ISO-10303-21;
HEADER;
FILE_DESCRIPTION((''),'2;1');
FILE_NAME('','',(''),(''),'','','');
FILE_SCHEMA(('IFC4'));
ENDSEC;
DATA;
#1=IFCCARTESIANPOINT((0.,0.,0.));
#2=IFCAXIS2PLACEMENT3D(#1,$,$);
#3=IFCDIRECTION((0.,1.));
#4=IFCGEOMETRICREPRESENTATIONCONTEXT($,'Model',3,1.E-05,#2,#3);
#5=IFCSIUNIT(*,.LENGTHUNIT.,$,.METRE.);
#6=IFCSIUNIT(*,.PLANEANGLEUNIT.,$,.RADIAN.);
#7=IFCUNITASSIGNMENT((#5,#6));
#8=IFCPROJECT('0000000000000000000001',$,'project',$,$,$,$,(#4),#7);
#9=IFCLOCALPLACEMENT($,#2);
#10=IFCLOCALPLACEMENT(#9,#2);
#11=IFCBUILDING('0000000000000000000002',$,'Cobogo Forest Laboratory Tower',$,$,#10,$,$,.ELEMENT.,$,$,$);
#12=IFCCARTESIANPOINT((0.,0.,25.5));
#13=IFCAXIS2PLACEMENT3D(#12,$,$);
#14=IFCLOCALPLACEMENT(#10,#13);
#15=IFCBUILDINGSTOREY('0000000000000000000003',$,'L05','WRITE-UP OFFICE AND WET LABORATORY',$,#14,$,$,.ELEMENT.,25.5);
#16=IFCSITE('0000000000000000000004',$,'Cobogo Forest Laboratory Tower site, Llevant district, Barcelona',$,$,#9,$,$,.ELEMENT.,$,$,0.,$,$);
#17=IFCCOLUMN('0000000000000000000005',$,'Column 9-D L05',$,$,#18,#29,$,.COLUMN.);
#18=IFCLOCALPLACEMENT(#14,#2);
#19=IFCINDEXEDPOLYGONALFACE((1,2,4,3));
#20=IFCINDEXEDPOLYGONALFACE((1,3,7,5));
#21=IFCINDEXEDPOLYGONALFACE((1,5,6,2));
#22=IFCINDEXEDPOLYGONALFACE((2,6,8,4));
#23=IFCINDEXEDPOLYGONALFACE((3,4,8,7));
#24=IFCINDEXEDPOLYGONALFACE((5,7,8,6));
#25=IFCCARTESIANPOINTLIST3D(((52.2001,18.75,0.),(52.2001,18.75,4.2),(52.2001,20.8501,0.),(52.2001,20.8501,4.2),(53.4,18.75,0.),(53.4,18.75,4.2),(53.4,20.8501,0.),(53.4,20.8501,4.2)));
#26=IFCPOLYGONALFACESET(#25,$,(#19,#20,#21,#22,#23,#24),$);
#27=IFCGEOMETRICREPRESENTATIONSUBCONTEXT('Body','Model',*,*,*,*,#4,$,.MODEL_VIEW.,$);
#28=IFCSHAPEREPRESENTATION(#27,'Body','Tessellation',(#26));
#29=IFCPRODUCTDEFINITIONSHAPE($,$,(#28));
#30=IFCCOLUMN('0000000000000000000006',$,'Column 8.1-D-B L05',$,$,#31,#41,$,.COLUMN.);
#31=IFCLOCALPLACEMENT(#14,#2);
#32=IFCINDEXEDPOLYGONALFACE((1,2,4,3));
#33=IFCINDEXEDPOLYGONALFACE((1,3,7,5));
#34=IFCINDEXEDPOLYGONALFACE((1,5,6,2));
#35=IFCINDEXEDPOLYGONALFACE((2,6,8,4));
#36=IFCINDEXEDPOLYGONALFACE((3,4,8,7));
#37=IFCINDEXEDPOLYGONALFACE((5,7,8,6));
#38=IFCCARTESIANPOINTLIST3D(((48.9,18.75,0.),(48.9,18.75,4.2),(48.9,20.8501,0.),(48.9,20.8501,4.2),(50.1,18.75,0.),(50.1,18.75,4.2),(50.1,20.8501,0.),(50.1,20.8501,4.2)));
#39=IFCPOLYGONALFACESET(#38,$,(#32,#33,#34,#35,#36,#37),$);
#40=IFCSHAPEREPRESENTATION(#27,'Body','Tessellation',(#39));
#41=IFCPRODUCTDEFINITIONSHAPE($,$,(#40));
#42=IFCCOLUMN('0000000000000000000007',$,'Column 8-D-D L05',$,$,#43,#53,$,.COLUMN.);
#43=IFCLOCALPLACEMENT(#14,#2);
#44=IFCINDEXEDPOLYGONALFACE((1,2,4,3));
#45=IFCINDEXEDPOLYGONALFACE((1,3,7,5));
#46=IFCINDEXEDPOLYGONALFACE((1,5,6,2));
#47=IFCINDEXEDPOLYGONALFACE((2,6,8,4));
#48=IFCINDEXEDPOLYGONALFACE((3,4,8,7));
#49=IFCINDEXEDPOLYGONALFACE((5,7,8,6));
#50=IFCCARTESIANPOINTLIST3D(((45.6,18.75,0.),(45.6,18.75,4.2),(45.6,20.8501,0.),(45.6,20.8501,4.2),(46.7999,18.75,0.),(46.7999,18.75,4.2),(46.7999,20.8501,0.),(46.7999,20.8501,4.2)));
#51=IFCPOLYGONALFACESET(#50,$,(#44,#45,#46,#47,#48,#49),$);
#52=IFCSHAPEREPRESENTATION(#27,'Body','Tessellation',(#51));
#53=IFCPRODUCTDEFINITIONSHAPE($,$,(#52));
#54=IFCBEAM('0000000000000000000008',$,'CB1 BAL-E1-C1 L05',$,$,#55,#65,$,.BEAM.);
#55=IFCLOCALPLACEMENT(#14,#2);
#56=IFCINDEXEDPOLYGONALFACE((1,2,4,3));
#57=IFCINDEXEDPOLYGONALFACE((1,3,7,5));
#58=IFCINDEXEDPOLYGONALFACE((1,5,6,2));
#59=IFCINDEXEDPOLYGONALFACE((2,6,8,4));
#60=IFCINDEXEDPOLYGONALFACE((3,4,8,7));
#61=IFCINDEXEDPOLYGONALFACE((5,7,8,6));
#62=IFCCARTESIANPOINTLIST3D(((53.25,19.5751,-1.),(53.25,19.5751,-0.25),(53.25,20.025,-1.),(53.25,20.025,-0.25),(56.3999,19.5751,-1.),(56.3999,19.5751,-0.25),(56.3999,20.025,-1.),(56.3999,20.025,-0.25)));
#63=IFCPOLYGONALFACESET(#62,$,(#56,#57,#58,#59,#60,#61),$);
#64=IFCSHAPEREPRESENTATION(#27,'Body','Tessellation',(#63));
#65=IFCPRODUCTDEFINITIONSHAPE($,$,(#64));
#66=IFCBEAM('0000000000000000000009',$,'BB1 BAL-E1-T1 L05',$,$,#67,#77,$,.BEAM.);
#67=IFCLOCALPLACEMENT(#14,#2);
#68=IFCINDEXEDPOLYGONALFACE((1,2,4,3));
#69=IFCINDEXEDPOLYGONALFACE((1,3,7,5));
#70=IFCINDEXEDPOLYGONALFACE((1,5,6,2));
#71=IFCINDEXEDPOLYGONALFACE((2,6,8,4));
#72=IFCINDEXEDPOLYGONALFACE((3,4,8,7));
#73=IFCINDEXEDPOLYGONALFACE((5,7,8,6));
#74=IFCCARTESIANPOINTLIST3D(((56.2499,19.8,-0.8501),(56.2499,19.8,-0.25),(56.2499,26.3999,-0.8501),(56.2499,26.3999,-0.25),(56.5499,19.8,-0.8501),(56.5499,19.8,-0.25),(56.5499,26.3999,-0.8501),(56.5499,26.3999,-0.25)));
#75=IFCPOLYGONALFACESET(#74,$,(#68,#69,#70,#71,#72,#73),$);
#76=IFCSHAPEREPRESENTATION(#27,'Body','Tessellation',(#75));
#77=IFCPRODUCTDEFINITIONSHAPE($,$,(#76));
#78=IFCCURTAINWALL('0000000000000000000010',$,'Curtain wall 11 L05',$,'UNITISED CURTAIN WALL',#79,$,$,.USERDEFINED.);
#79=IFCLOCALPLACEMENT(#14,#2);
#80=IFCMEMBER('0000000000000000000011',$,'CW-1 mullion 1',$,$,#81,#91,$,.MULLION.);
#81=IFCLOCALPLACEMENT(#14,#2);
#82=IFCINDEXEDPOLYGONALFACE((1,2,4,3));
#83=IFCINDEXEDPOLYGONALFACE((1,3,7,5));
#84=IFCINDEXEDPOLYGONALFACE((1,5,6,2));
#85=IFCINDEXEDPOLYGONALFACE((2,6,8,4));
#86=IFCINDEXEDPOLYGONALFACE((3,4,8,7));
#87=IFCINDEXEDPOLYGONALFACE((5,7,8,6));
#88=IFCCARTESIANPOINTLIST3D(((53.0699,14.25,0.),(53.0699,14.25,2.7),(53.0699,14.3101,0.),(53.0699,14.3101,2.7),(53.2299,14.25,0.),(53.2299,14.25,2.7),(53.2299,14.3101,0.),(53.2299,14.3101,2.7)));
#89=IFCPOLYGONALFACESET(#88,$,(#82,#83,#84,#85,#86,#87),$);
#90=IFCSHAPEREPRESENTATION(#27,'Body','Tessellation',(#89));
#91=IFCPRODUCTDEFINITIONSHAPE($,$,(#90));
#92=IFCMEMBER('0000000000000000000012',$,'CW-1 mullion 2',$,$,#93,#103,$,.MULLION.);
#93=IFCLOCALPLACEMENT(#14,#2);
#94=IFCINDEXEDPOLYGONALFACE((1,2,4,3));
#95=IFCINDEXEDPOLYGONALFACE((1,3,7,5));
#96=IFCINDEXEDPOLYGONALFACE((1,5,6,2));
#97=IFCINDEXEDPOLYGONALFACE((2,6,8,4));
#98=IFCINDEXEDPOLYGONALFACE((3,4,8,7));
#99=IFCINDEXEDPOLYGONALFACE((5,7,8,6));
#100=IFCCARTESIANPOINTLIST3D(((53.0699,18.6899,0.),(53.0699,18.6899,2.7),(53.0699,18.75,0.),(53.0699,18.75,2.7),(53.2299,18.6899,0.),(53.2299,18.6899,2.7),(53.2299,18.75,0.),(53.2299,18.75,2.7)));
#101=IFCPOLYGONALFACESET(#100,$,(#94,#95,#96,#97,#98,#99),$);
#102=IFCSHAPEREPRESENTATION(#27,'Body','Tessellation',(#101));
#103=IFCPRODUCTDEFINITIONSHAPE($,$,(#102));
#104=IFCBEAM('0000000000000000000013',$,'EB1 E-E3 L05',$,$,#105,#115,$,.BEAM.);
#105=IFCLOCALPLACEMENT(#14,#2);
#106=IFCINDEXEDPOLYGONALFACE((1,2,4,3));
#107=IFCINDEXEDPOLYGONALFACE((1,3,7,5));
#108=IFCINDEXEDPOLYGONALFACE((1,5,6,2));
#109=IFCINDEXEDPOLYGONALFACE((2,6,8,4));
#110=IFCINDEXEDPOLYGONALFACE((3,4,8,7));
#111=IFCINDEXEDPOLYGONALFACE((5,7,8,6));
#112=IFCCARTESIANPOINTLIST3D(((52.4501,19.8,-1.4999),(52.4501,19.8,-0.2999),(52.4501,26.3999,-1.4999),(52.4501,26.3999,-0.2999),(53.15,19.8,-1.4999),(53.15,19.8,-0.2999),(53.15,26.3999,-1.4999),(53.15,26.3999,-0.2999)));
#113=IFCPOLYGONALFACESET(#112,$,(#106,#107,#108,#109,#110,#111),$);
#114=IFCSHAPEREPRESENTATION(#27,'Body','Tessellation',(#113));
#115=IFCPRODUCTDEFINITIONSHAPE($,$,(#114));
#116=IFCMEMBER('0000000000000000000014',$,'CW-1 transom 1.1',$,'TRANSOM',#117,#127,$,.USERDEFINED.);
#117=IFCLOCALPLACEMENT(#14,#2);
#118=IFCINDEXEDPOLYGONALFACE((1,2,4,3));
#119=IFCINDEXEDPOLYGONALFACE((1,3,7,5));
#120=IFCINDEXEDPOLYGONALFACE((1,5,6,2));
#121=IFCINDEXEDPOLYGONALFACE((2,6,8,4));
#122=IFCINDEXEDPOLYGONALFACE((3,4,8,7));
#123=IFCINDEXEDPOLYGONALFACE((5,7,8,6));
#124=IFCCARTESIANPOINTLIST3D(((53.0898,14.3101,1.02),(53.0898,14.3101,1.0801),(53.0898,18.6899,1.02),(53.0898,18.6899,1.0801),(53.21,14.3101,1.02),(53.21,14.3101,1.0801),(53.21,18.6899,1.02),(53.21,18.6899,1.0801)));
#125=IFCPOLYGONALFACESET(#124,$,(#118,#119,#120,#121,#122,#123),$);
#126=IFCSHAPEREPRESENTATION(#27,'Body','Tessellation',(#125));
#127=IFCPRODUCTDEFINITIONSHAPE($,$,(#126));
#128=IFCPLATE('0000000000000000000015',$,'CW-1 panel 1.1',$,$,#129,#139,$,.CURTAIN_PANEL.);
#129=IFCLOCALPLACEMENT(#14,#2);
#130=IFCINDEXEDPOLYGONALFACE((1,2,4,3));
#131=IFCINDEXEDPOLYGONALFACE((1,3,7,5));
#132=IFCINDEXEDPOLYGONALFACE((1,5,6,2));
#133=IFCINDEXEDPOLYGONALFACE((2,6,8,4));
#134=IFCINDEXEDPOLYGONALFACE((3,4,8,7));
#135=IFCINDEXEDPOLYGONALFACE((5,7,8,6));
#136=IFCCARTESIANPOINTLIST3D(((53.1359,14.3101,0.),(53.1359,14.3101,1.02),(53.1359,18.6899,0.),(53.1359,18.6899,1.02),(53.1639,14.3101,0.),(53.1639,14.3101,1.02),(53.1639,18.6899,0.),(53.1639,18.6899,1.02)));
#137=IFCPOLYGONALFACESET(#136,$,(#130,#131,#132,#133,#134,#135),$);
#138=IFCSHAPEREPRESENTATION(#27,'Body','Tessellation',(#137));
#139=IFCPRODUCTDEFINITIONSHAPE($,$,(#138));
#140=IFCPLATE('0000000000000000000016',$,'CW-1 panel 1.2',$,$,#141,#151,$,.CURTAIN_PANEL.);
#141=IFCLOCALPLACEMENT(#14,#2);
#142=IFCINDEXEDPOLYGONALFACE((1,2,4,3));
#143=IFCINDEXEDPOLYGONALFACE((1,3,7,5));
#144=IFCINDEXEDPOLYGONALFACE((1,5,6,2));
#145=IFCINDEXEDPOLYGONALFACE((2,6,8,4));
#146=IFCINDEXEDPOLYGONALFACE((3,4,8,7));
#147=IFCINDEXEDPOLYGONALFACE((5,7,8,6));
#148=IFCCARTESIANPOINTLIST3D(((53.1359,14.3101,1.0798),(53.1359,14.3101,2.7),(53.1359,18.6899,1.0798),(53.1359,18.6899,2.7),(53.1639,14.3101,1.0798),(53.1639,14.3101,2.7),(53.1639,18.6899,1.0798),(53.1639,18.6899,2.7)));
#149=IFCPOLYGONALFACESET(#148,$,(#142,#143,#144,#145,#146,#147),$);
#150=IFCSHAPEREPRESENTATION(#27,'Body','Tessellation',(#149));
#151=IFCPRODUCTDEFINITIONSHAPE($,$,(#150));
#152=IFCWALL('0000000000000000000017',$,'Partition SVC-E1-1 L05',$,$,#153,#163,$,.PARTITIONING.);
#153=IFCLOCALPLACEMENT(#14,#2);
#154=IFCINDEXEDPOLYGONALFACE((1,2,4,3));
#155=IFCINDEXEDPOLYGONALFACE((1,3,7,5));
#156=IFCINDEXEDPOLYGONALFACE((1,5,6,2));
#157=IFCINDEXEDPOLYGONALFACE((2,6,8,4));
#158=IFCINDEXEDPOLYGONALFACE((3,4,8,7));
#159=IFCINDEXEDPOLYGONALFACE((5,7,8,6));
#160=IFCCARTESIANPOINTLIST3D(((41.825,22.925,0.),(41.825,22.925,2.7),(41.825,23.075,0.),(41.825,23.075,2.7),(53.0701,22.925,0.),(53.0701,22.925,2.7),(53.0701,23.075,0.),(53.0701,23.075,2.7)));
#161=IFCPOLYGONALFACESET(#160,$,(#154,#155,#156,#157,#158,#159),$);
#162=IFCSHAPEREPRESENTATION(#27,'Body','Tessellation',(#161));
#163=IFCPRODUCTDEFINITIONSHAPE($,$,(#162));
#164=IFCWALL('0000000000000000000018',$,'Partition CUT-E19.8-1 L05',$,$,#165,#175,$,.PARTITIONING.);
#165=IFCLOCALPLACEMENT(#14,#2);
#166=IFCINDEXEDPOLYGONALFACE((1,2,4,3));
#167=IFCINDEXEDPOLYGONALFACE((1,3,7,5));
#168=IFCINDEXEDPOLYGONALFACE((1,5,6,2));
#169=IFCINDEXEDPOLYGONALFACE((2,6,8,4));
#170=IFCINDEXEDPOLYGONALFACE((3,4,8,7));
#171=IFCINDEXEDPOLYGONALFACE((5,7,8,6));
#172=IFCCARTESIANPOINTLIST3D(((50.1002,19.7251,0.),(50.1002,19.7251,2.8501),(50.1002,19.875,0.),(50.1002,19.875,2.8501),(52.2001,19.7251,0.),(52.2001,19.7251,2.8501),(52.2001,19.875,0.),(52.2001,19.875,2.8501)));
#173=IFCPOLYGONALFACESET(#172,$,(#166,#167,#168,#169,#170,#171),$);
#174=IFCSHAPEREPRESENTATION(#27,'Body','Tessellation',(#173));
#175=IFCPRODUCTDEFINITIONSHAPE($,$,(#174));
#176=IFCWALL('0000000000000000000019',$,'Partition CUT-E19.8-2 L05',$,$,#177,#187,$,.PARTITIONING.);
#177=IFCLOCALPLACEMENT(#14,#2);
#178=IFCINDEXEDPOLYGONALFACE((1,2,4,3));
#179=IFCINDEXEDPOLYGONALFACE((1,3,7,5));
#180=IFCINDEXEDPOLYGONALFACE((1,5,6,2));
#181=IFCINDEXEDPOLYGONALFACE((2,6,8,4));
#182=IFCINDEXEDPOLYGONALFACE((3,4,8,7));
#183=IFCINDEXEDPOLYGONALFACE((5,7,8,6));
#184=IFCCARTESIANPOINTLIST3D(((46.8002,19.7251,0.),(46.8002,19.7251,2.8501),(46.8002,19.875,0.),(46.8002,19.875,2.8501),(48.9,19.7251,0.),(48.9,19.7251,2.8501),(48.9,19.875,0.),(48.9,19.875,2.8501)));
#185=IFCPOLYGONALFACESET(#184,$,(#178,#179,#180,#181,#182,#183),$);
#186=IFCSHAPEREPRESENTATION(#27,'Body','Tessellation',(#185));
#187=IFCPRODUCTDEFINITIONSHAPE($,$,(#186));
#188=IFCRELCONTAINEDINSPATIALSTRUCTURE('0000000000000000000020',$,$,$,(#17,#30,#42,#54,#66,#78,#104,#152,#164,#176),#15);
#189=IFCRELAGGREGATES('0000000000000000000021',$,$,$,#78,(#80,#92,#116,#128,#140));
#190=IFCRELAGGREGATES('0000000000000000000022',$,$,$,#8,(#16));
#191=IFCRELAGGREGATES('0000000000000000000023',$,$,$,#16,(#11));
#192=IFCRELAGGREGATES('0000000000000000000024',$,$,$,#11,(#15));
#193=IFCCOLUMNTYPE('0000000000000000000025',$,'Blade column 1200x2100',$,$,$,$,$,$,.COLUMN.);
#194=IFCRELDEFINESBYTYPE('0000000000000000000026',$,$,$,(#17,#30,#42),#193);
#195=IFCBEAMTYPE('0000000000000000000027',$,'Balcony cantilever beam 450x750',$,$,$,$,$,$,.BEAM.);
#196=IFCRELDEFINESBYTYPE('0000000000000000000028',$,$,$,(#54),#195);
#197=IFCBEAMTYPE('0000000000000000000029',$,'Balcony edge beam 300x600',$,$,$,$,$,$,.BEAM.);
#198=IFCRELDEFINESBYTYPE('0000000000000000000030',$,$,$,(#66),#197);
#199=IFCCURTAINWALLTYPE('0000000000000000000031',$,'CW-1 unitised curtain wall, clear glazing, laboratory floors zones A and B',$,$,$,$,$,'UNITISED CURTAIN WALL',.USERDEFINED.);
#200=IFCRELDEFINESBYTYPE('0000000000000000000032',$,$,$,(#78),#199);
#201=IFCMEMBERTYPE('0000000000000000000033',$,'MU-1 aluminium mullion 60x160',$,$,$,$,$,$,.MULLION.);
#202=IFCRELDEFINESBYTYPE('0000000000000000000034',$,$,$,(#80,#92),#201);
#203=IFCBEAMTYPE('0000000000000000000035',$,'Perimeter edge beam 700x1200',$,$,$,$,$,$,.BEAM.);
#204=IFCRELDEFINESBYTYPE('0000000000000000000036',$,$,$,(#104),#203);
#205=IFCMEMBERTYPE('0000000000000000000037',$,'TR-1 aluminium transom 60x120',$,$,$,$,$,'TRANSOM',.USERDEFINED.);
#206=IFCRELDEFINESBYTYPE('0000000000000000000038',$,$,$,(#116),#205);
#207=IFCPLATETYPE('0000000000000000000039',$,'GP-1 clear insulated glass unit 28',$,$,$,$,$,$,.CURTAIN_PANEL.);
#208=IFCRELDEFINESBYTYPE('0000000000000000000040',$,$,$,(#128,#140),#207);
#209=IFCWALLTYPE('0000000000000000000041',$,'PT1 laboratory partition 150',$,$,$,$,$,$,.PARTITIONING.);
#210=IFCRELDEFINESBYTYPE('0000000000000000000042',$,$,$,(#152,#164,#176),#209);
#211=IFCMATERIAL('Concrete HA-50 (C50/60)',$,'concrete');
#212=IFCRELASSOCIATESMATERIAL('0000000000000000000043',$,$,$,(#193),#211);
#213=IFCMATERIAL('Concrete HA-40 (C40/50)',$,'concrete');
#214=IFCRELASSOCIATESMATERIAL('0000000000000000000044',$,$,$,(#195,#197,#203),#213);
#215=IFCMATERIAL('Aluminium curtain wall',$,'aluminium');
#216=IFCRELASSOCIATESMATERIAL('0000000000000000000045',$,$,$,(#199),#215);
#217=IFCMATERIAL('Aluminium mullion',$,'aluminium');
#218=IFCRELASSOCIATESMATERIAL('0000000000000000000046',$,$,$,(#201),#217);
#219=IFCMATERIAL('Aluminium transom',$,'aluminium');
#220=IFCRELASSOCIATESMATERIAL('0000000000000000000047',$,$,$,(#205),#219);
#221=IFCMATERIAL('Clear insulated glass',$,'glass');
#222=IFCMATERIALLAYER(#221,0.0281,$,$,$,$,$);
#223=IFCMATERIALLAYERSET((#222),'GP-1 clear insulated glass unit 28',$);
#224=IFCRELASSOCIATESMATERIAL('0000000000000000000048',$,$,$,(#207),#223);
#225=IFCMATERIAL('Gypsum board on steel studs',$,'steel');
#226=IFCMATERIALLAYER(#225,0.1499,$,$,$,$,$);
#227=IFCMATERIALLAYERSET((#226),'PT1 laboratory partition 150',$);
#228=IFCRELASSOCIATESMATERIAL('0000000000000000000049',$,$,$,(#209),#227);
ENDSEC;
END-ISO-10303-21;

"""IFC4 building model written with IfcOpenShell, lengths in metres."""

from ifc_helpers import new_model, si_unit, direction, frame, frame_2d, origin, origin_2d, place, context, subcontext, project, spatial, rectangle, extrude, material, layer, layer_set, material_profile, profile_set, type_object, element, aggregate, save


model = new_model("IFC4")

# Units and contexts
model_context = context("Model", 3, precision=1e-05, world=origin(), true_north=direction((0.0, 1.0)))
body_context = subcontext(model_context, "Body", "Model", "MODEL_VIEW")
ifc_project = project(units=[si_unit("LENGTHUNIT", "METRE"), si_unit("PLANEANGLEUNIT", "RADIAN")], contexts=[model_context])

# Site, building, storey
site_placement = place(None, origin())
site = spatial("IfcSite", under=ifc_project, at=site_placement, Name="Cobogo Forest Laboratory Tower site, Llevant district, Barcelona", CompositionType="ELEMENT", RefElevation=0.0)
building_placement = place(site_placement, origin())
building = spatial("IfcBuilding", under=site, at=building_placement, Name="Cobogo Forest Laboratory Tower", CompositionType="ELEMENT")
storey_placement = place(building_placement, frame((0.0, 0.0, 25.5)))
storey = spatial("IfcBuildingStorey", under=building, at=storey_placement, Name="L05", Description="WRITE-UP OFFICE AND WET LABORATORY", CompositionType="ELEMENT", Elevation=25.5)

# Columns
ifc_material_1 = material(Name="Concrete HA-50 (C50/60)", Category="concrete")
ifc_material_profile_1 = material_profile(ifc_material_1, rectangle(XDim=2.1001, YDim=1.2, at=origin_2d()), Name="RC 1200x2100")
ifc_profile_set_1 = profile_set([ifc_material_profile_1], Name="Concrete HA-50 (C50/60)")
column_type = type_object("IfcColumnType", Name="Blade column 1200x2100", PredefinedType="COLUMN", material=ifc_profile_set_1)
for number, where, z_axis, x_axis, name in (
    (1, (52.8, 19.8, 0.0), (0.0, 0.0, 1.0), (0.0, 1.0, 0.0), "Column 9-D L05"),
    (2, (49.5, 19.8, 0.0), (0.0, 0.0, 1.0), (0.0, 1.0, 0.0), "Column 8.1-D-B L05"),
    (3, (46.2, 19.8, 0.0), (0.0, 0.0, 1.0), (0.0, 1.0, 0.0), "Column 8-D-D L05"),
):
    element("IfcColumn", number, at=place(storey_placement, frame(where, z_axis=z_axis, x_axis=x_axis)), inside=storey, type_object=column_type, Name=name, PredefinedType="COLUMN", context=body_context, shape_type="SweptSolid", body=[
        extrude(rectangle(XDim=2.1001, YDim=1.2, at=origin_2d()), origin(), (0.0, 0.0, 1.0), 4.2),
    ])

# Beams
ifc_material_2 = material(Name="Concrete HA-40 (C40/50)", Category="concrete")
ifc_material_profile_2 = material_profile(ifc_material_2, rectangle(XDim=0.45, YDim=0.75, at=origin_2d()), Name="RC 450x750")
ifc_profile_set_2 = profile_set([ifc_material_profile_2], Name="Concrete HA-40 (C40/50)")
beam_type_1 = type_object("IfcBeamType", Name="Balcony cantilever beam 450x750", PredefinedType="BEAM", material=ifc_profile_set_2)
beam_1_placement = place(storey_placement, frame((53.25, 19.8, -0.625), z_axis=(1.0, 0.0, 0.0), x_axis=(0.0, 1.0, 0.0)))
element("IfcBeam", 4, at=beam_1_placement, inside=storey, type_object=beam_type_1, Name="CB1 BAL-E1-C1 L05", PredefinedType="BEAM", context=body_context, shape_type="SweptSolid", body=[
    extrude(rectangle(XDim=0.45, YDim=0.75, at=origin_2d()), origin(), (0.0, 0.0, 1.0), 3.1499),
])
ifc_material_profile_3 = material_profile(ifc_material_2, rectangle(XDim=0.3, YDim=0.6001, at=origin_2d()), Name="RC 300x600")
ifc_profile_set_3 = profile_set([ifc_material_profile_3], Name="Concrete HA-40 (C40/50)")
beam_type_2 = type_object("IfcBeamType", Name="Balcony edge beam 300x600", PredefinedType="BEAM", material=ifc_profile_set_3)
beam_2_placement = place(storey_placement, frame((56.3999, 19.8, -0.55), z_axis=(0.0, 1.0, 0.0), x_axis=(-1.0, 0.0, 0.0)))
element("IfcBeam", 5, at=beam_2_placement, inside=storey, type_object=beam_type_2, Name="BB1 BAL-E1-T1 L05", PredefinedType="BEAM", context=body_context, shape_type="SweptSolid", body=[
    extrude(rectangle(XDim=0.3, YDim=0.6001, at=origin_2d()), origin(), (0.0, 0.0, 1.0), 6.5999),
])

# Curtain wall, members
ifc_material_3 = material(Name="Aluminium curtain wall", Category="aluminium")
curtain_wall_type = type_object("IfcCurtainWallType", Name="CW-1 unitised curtain wall, clear glazing, laboratory floors zones A and B", ElementType="UNITISED CURTAIN WALL", PredefinedType="USERDEFINED", material=ifc_material_3)
curtain_wall_placement = place(storey_placement, origin())
curtain_wall = element("IfcCurtainWall", 6, at=curtain_wall_placement, inside=storey, type_object=curtain_wall_type, Name="Curtain wall 11 L05", ObjectType="UNITISED CURTAIN WALL", PredefinedType="USERDEFINED")
ifc_material_4 = material(Name="Aluminium mullion", Category="aluminium")
ifc_material_profile_4 = material_profile(ifc_material_4, rectangle(XDim=0.0601, YDim=0.1599, at=origin_2d()), Name="AL 60x160")
ifc_profile_set_4 = profile_set([ifc_material_profile_4], Name="Aluminium mullion")
member_type_1 = type_object("IfcMemberType", Name="MU-1 aluminium mullion 60x160", PredefinedType="MULLION", material=ifc_profile_set_4)
member_1_placement = place(storey_placement, frame((53.1499, 14.28, 0.0), z_axis=(0.0, 0.0, 1.0), x_axis=(0.0, 1.0, 0.0)))
member_1 = element("IfcMember", 7, at=member_1_placement, type_object=member_type_1, Name="CW-1 mullion 1", PredefinedType="MULLION", context=body_context, shape_type="SweptSolid", body=[
    extrude(rectangle(XDim=0.0601, YDim=0.1599, at=origin_2d()), origin(), (0.0, 0.0, 1.0), 2.7),
])
member_2_placement = place(storey_placement, frame((53.1499, 18.72, 0.0), z_axis=(0.0, 0.0, 1.0), x_axis=(0.0, 1.0, 0.0)))
member_2 = element("IfcMember", 8, at=member_2_placement, type_object=member_type_1, Name="CW-1 mullion 2", PredefinedType="MULLION", context=body_context, shape_type="SweptSolid", body=[
    extrude(rectangle(XDim=0.0601, YDim=0.1599, at=origin_2d()), origin(), (0.0, 0.0, 1.0), 2.7),
])

# Beam
ifc_material_profile_5 = material_profile(ifc_material_2, rectangle(XDim=0.7, YDim=1.2, at=origin_2d()), Name="RC 700x1200")
ifc_profile_set_5 = profile_set([ifc_material_profile_5], Name="Concrete HA-40 (C40/50)")
beam_type_3 = type_object("IfcBeamType", Name="Perimeter edge beam 700x1200", PredefinedType="BEAM", material=ifc_profile_set_5)
beam_3_placement = place(storey_placement, frame((52.8, 19.8, -0.8999), z_axis=(0.0, 1.0, 0.0), x_axis=(-1.0, 0.0, 0.0)))
element("IfcBeam", 9, at=beam_3_placement, inside=storey, type_object=beam_type_3, Name="EB1 E-E3 L05", PredefinedType="BEAM", context=body_context, shape_type="SweptSolid", body=[
    extrude(rectangle(XDim=0.7, YDim=1.2, at=origin_2d()), origin(), (0.0, 0.0, 1.0), 6.5999),
])

# Member
ifc_material_5 = material(Name="Aluminium transom", Category="aluminium")
ifc_material_profile_6 = material_profile(ifc_material_5, rectangle(XDim=0.1201, YDim=0.0601, at=origin_2d()), Name="AL 60x120")
ifc_profile_set_6 = profile_set([ifc_material_profile_6], Name="Aluminium transom")
member_type_2 = type_object("IfcMemberType", Name="TR-1 aluminium transom 60x120", ElementType="TRANSOM", PredefinedType="USERDEFINED", material=ifc_profile_set_6)
member_3_placement = place(storey_placement, frame((53.1499, 14.3101, 1.05), z_axis=(0.0, 1.0, 0.0), x_axis=(-1.0, 0.0, 0.0)))
member_3 = element("IfcMember", 10, at=member_3_placement, type_object=member_type_2, Name="CW-1 transom 1.1", ObjectType="TRANSOM", PredefinedType="USERDEFINED", context=body_context, shape_type="SweptSolid", body=[
    extrude(rectangle(XDim=0.1201, YDim=0.0601, at=origin_2d()), origin(), (0.0, 0.0, 1.0), 4.3799),
])

# Plates
ifc_material_6 = material(Name="Clear insulated glass", Category="glass")
ifc_layer_1 = layer(ifc_material_6, 0.0281)
ifc_layer_set_1 = layer_set([ifc_layer_1], Name="GP-1 clear insulated glass unit 28")
plate_type_1 = type_object("IfcPlateType", Name="GP-1 clear insulated glass unit 28", PredefinedType="CURTAIN_PANEL", material=ifc_layer_set_1)
plate_1_placement = place(storey_placement, frame((53.1499, 16.5, 0.0), z_axis=(0.0, 0.0, 1.0), x_axis=(0.0, 1.0, 0.0)))
plate_1 = element("IfcPlate", 11, at=plate_1_placement, type_object=plate_type_1, Name="CW-1 panel 1.1", PredefinedType="CURTAIN_PANEL", context=body_context, shape_type="SweptSolid", body=[
    extrude(rectangle(XDim=4.3799, YDim=0.0281, at=origin_2d()), origin(), (0.0, 0.0, 1.0), 1.02),
])
plate_2_placement = place(storey_placement, frame((53.1499, 16.5, 1.0798), z_axis=(0.0, 0.0, 1.0), x_axis=(0.0, 1.0, 0.0)))
plate_2 = element("IfcPlate", 12, at=plate_2_placement, type_object=plate_type_1, Name="CW-1 panel 1.2", PredefinedType="CURTAIN_PANEL", context=body_context, shape_type="SweptSolid", body=[
    extrude(rectangle(XDim=4.3799, YDim=0.0281, at=origin_2d()), origin(), (0.0, 0.0, 1.0), 1.6201),
])
aggregate(curtain_wall, [member_1, member_2, member_3, plate_1, plate_2])

# Walls
ifc_material_7 = material(Name="Gypsum board on steel studs", Category="steel")
ifc_layer_2 = layer(ifc_material_7, 0.1499)
ifc_layer_set_2 = layer_set([ifc_layer_2], Name="PT1 laboratory partition 150")
wall_type_1 = type_object("IfcWallType", Name="PT1 laboratory partition 150", PredefinedType="PARTITIONING", material=ifc_layer_set_2)
wall_1_placement = place(storey_placement, frame((53.0701, 23.0, 0.0), z_axis=(0.0, 0.0, 1.0), x_axis=(-1.0, 0.0, 0.0)))
element("IfcWall", 13, at=wall_1_placement, inside=storey, type_object=wall_type_1, Name="Partition SVC-E1-1 L05", PredefinedType="PARTITIONING", context=body_context, shape_type="SweptSolid", body=[
    extrude(rectangle(XDim=11.2451, YDim=0.1499, at=frame_2d((5.6226, 0.0))), origin(), (0.0, 0.0, 1.0), 2.7),
])
for number, where, z_axis, x_axis, name in (
    (14, (52.2, 19.8, 0.0), (0.0, 0.0, 1.0), (-1.0, 0.0, 0.0), "Partition CUT-E19.8-1 L05"),
    (15, (48.8999, 19.8, 0.0), (0.0, 0.0, 1.0), (-1.0, 0.0, 0.0), "Partition CUT-E19.8-2 L05"),
):
    element("IfcWall", number, at=place(storey_placement, frame(where, z_axis=z_axis, x_axis=x_axis)), inside=storey, type_object=wall_type_1, Name=name, PredefinedType="PARTITIONING", context=body_context, shape_type="SweptSolid", body=[
        extrude(rectangle(XDim=2.0999, YDim=0.1499, at=frame_2d((1.0498, 0.0))), origin(), (0.0, 0.0, 1.0), 2.8501),
    ])

save(model, "model.ifc")
